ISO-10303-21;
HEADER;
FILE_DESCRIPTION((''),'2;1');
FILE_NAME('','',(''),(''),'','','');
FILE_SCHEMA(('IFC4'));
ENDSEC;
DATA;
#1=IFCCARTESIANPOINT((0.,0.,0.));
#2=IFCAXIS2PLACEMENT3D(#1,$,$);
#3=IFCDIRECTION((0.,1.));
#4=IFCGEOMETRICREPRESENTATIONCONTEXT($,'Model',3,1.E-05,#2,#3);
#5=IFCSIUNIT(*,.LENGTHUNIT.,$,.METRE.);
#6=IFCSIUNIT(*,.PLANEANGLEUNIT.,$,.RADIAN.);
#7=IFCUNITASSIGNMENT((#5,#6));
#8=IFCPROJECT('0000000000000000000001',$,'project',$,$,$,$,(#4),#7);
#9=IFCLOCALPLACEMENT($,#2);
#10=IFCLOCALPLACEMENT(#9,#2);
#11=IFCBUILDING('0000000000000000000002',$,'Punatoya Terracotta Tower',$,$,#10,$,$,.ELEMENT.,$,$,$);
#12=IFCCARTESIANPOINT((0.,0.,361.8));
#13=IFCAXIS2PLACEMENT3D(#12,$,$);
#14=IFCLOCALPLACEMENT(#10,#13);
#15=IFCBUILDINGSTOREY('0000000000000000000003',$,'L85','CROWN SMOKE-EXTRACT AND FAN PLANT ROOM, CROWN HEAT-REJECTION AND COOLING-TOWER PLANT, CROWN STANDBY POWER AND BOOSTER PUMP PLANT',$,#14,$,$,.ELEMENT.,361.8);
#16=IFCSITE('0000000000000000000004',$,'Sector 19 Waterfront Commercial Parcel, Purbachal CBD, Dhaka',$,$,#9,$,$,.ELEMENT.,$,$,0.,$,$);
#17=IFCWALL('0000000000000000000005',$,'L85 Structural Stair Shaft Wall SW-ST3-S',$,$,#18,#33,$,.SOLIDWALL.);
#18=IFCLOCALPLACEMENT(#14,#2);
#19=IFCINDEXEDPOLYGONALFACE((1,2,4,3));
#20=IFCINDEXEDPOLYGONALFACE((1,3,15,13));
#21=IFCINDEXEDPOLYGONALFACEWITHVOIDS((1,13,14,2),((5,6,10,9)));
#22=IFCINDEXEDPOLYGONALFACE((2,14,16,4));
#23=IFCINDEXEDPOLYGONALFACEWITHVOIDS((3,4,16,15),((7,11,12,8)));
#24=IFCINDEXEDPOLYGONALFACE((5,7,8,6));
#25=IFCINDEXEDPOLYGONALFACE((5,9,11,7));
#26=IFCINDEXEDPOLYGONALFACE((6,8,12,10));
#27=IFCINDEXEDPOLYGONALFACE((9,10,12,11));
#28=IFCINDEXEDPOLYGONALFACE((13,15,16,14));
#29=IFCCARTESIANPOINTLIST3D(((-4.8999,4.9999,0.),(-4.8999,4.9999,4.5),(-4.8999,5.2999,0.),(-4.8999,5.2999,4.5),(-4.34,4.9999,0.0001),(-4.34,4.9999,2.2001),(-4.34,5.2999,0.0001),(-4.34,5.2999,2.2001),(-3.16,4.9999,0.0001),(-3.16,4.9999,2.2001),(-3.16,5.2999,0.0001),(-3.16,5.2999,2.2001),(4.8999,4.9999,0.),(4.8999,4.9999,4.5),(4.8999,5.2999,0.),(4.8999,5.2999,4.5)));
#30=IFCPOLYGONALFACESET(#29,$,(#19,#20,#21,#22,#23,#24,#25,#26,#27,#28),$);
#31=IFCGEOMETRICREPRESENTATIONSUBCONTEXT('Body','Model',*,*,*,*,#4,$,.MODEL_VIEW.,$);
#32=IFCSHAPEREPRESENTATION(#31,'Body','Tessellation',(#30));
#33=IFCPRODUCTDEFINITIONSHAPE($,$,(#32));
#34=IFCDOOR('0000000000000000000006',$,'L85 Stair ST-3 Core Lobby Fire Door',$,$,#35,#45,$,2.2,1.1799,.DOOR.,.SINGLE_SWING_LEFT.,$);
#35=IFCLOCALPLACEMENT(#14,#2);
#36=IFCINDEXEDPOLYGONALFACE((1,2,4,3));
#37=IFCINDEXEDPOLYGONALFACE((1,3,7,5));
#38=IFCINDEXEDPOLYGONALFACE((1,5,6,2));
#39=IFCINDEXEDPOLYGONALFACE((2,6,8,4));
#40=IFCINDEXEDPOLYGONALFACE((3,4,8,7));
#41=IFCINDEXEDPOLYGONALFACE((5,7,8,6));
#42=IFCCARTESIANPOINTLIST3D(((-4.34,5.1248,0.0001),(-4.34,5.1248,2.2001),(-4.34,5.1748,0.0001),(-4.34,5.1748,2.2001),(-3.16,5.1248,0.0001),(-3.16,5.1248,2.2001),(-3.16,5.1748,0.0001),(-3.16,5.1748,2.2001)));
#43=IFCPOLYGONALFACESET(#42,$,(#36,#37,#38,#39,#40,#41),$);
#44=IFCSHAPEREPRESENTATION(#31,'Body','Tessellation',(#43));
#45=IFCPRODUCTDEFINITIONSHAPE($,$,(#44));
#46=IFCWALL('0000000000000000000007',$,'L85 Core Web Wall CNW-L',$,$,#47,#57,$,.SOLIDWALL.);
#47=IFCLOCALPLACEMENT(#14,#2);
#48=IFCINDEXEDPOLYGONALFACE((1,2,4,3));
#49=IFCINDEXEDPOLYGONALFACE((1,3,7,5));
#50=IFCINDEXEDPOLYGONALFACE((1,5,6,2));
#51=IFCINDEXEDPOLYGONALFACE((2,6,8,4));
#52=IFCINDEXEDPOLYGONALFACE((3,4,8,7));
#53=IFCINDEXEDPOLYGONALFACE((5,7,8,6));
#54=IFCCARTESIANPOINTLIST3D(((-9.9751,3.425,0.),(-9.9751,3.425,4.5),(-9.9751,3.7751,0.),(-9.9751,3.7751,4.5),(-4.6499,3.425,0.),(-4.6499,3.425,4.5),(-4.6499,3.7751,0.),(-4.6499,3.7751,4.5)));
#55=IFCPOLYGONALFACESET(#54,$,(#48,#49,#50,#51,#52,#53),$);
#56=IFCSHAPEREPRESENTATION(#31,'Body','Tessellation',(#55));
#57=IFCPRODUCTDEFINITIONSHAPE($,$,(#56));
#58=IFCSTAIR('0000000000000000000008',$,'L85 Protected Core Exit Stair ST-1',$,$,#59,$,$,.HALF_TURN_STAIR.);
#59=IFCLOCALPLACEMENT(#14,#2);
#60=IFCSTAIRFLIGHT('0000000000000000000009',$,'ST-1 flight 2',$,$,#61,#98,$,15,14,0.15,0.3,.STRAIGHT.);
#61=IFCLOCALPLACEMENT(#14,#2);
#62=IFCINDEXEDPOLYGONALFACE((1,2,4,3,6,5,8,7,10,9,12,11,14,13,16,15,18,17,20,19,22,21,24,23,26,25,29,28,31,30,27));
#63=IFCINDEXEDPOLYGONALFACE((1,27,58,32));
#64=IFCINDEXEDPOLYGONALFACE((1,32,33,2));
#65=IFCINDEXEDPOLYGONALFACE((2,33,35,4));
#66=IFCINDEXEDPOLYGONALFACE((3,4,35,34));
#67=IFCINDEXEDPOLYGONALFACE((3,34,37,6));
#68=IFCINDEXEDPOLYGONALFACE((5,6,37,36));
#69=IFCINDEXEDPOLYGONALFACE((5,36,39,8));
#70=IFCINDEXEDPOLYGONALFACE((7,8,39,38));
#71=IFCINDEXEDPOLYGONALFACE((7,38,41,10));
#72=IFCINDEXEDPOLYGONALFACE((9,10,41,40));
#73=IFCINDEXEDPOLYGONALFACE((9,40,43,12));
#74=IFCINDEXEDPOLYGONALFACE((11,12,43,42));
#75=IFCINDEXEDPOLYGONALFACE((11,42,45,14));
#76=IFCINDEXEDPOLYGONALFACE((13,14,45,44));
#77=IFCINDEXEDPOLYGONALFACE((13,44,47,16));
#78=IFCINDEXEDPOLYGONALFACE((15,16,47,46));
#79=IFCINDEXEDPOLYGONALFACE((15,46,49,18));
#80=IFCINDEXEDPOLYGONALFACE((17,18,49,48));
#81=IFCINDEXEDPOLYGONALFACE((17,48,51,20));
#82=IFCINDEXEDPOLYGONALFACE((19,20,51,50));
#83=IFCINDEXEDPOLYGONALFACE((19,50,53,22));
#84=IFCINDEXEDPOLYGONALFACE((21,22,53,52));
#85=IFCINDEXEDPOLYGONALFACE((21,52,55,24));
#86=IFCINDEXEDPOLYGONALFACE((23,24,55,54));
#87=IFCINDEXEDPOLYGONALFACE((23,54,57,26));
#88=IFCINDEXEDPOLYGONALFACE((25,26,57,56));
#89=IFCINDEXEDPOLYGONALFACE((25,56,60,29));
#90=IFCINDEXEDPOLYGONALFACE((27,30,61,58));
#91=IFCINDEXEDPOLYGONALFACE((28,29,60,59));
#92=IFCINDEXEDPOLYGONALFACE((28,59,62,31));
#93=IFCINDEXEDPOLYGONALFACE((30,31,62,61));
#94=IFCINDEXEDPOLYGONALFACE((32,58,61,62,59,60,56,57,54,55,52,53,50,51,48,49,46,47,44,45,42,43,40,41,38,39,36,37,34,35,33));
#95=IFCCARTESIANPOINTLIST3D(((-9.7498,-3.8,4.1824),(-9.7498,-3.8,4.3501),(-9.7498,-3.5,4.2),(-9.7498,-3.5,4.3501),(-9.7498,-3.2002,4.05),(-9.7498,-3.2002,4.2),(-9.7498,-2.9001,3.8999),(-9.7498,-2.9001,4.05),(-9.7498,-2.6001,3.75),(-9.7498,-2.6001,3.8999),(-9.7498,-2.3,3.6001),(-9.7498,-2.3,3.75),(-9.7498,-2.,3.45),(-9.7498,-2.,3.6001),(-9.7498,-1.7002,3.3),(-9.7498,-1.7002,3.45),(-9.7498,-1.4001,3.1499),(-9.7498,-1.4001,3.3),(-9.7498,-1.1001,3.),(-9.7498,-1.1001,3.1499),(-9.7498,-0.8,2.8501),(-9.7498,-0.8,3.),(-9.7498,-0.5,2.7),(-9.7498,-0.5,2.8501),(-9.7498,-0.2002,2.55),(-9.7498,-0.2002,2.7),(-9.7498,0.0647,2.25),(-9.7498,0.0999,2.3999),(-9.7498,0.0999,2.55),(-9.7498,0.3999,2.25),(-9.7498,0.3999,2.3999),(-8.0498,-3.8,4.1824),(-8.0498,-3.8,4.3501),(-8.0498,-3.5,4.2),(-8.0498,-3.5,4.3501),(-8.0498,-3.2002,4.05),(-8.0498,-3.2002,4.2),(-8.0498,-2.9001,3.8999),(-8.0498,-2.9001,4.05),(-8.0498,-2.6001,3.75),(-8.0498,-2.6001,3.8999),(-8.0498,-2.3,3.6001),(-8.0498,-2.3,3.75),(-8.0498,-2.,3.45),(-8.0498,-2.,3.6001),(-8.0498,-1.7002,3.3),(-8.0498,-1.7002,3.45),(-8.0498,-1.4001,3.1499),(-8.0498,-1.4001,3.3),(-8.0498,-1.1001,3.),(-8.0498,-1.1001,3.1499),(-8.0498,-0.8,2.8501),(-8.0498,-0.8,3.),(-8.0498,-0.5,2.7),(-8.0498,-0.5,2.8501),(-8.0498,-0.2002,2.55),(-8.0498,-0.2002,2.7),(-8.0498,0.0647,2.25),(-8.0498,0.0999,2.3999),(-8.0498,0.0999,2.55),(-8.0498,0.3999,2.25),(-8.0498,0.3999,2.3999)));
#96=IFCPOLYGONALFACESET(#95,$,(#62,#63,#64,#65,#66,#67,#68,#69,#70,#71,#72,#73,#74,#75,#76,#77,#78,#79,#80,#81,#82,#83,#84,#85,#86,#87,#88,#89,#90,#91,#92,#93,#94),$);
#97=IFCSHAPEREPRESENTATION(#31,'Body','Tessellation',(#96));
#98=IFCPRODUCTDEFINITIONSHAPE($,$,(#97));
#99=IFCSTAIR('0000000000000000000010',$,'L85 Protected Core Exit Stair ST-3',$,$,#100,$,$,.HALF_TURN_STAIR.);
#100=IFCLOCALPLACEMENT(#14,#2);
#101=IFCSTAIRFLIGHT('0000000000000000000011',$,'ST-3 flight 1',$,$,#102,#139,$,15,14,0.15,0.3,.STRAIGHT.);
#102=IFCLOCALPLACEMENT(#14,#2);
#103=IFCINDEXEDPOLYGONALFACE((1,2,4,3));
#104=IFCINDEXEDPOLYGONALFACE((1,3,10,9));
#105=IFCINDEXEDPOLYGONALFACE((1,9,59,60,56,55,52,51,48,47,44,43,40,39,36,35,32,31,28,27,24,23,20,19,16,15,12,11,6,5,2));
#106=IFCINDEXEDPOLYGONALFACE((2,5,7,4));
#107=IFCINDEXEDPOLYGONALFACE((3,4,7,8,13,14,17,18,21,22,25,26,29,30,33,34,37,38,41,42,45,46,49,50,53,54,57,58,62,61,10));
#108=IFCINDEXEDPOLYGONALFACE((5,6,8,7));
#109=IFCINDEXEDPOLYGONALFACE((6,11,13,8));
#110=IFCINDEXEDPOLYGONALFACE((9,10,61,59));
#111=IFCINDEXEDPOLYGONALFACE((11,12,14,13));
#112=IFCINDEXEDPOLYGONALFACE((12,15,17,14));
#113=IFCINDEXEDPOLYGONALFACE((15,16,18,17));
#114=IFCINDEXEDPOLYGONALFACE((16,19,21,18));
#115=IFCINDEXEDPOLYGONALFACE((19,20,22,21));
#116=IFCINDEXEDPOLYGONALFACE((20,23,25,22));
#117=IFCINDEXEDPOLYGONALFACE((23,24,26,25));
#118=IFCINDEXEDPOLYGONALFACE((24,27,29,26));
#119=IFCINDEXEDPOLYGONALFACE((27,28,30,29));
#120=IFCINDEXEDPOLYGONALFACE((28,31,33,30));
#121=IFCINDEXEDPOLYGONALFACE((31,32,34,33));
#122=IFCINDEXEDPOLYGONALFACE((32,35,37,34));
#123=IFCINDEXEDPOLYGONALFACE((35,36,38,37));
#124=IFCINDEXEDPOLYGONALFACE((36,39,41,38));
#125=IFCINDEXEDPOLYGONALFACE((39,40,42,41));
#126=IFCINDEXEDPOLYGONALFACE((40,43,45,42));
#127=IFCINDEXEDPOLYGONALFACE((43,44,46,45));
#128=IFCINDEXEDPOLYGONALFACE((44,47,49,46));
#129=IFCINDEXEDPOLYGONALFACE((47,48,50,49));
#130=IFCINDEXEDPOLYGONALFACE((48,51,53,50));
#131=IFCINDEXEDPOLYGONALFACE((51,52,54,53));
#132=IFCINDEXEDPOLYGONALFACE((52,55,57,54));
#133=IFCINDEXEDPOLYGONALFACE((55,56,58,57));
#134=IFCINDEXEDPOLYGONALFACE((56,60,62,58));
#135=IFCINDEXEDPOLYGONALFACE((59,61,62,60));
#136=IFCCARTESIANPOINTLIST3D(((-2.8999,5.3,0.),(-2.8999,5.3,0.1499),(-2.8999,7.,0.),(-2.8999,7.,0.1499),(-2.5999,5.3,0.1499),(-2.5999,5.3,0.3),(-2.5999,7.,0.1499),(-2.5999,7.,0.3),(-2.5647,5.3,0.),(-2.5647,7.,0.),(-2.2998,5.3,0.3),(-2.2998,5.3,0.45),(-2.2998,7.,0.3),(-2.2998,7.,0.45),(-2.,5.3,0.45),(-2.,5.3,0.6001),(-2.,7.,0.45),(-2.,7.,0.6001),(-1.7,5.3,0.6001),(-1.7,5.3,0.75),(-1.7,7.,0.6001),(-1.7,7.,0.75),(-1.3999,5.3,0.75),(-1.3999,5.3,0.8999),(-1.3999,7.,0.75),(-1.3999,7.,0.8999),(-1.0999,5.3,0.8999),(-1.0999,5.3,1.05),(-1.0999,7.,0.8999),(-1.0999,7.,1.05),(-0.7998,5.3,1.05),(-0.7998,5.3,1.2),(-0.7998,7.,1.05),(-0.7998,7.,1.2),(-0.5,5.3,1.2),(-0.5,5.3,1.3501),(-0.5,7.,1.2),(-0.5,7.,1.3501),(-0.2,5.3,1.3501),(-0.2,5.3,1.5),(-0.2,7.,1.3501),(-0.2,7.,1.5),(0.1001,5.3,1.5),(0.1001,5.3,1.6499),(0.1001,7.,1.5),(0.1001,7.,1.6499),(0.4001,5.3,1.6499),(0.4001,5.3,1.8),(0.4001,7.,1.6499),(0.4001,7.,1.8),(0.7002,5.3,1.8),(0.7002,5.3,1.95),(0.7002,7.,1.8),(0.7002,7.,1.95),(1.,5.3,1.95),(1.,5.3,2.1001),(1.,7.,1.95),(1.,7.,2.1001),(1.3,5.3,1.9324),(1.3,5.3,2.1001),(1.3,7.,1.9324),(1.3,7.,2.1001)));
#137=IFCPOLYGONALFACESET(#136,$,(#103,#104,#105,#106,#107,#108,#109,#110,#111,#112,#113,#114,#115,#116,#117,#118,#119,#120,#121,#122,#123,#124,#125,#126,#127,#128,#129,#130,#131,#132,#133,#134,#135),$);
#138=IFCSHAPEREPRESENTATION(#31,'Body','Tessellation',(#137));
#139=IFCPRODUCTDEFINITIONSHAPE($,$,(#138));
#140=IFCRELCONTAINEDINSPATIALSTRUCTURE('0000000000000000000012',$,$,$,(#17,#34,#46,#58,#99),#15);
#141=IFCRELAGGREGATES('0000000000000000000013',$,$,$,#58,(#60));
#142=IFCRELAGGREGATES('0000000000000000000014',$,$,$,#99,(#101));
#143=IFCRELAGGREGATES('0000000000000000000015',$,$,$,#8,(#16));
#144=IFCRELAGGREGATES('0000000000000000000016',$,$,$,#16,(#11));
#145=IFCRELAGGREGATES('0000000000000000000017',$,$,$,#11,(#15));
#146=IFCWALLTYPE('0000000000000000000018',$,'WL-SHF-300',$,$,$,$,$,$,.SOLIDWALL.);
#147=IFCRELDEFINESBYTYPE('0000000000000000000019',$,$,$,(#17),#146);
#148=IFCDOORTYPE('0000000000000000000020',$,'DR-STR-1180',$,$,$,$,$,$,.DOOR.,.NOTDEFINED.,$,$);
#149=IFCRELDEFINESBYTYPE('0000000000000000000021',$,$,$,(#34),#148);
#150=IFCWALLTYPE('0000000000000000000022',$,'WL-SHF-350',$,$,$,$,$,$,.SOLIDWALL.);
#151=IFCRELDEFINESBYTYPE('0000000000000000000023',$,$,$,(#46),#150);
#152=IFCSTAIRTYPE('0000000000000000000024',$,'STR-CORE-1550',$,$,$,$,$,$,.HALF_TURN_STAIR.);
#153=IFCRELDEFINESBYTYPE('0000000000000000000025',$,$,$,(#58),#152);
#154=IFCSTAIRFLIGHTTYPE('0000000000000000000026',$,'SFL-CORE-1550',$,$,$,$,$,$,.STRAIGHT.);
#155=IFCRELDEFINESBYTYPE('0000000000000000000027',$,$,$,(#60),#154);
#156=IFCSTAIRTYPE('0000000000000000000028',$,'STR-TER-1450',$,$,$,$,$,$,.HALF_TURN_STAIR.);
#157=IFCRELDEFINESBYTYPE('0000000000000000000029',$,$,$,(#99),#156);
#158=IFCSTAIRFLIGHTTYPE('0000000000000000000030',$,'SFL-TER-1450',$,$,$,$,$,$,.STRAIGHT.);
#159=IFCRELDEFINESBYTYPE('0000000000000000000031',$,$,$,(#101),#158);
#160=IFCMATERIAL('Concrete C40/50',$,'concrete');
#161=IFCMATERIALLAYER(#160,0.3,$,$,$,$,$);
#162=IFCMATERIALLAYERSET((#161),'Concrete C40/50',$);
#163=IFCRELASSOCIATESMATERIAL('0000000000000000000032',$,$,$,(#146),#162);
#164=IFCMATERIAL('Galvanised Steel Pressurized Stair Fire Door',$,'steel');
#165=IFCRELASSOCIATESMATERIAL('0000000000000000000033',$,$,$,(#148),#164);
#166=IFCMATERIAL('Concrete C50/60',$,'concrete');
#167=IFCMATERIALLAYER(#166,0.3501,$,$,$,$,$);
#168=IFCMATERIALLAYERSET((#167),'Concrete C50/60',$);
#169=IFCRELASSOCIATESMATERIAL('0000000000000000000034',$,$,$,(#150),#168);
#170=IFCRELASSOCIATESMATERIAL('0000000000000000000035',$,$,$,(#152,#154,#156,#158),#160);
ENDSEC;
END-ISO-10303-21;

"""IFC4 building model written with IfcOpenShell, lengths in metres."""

from ifc_helpers import new_model, si_unit, direction, frame, frame_2d, origin, place, context, subcontext, project, spatial, polyline, rectangle, outline, extrude, material, layer, layer_set, type_object, element, fill, aggregate, save


model = new_model("IFC4")

# Units and contexts
model_context = context("Model", 3, precision=1e-05, world=origin(), true_north=direction((0.0, 1.0)))
body_context = subcontext(model_context, "Body", "Model", "MODEL_VIEW")
ifc_project = project(units=[si_unit("LENGTHUNIT", "METRE"), si_unit("PLANEANGLEUNIT", "RADIAN")], contexts=[model_context])

# Site, building, storey
site_placement = place(None, origin())
site = spatial("IfcSite", under=ifc_project, at=site_placement, Name="Sector 19 Waterfront Commercial Parcel, Purbachal CBD, Dhaka", CompositionType="ELEMENT", RefElevation=0.0)
building_placement = place(site_placement, origin())
building = spatial("IfcBuilding", under=site, at=building_placement, Name="Punatoya Terracotta Tower", CompositionType="ELEMENT")
storey_placement = place(building_placement, frame((0.0, 0.0, 361.8)))
storey = spatial("IfcBuildingStorey", under=building, at=storey_placement, Name="L85", Description="CROWN SMOKE-EXTRACT AND FAN PLANT ROOM, CROWN HEAT-REJECTION AND COOLING-TOWER PLANT, CROWN STANDBY POWER AND BOOSTER PUMP PLANT", CompositionType="ELEMENT", Elevation=361.8)

# Shared definitions
ifc_material_1 = material(Name="Concrete C50/60", Category="concrete")

# Shared definitions
ifc_material_2 = material(Name="Concrete C40/50", Category="concrete")

# Shared definitions
ifc_layer_1 = layer(ifc_material_2, 0.3)
ifc_layer_set_1 = layer_set([ifc_layer_1], Name="Concrete C40/50")
wall_type_1 = type_object("IfcWallType", Name="WL-SHF-300", PredefinedType="SOLIDWALL", material=ifc_layer_set_1)

# Wall, opening, door
wall_1_placement = place(storey_placement, frame((-4.8999, 5.1499, 0.0), z_axis=(0.0, 0.0, 1.0), x_axis=(1.0, 0.0, 0.0)))
wall_1 = element("IfcWall", 1, at=wall_1_placement, inside=storey, type_object=wall_type_1, Name="L85 Structural Stair Shaft Wall SW-ST3-S", PredefinedType="SOLIDWALL", context=body_context, shape_type="SweptSolid", body=[
    extrude(rectangle(XDim=9.7998, YDim=0.3, at=frame_2d((4.8999, 0.0))), origin(), (0.0, 0.0, 1.0), 4.5),
])
opening_1_placement = place(wall_1_placement, frame((0.5601, 0.0, 0.0)))
opening_1 = element("IfcOpeningElement", 2, at=opening_1_placement, cuts=wall_1, PredefinedType="OPENING", context=body_context, shape_type="SweptSolid", body=[
    extrude(rectangle(XDim=1.1799, YDim=2.2, at=frame_2d((0.5898, 1.1001))), frame((0.0, 0.1599, 0.0), z_axis=(0.0, -1.0, 0.0), x_axis=(1.0, 0.0, 0.0)), (0.0, 0.0, 1.0), 0.3201),
])
ifc_material_3 = material(Name="Galvanised Steel Pressurized Stair Fire Door", Category="steel")
door_type_1 = type_object("IfcDoorType", Name="DR-STR-1180", OperationType="NOTDEFINED", PredefinedType="DOOR", material=ifc_material_3)
door_1_placement = place(opening_1_placement, origin())
door_1 = element("IfcDoor", 3, at=door_1_placement, inside=storey, type_object=door_type_1, Name="L85 Stair ST-3 Core Lobby Fire Door", OperationType="SINGLE_SWING_LEFT", OverallHeight=2.2, OverallWidth=1.1799, PredefinedType="DOOR", context=body_context, shape_type="SweptSolid", body=[
    extrude(rectangle(XDim=1.1799, YDim=2.2, at=frame_2d((0.5898, 1.1001))), frame((0.0, 0.0249, 0.0), z_axis=(0.0, -1.0, 0.0), x_axis=(1.0, 0.0, 0.0)), (0.0, 0.0, 1.0), 0.05),
])
fill(opening_1, door_1)

# Wall
ifc_layer_2 = layer(ifc_material_1, 0.3501)
ifc_layer_set_2 = layer_set([ifc_layer_2], Name="Concrete C50/60")
wall_type_2 = type_object("IfcWallType", Name="WL-SHF-350", PredefinedType="SOLIDWALL", material=ifc_layer_set_2)
wall_2_placement = place(storey_placement, frame((-9.9751, 3.6001, 0.0), z_axis=(0.0, 0.0, 1.0), x_axis=(1.0, 0.0, 0.0)))
element("IfcWall", 4, at=wall_2_placement, inside=storey, type_object=wall_type_2, Name="L85 Core Web Wall CNW-L", PredefinedType="SOLIDWALL", context=body_context, shape_type="SweptSolid", body=[
    extrude(rectangle(XDim=5.3252, YDim=0.3501, at=frame_2d((2.6626, 0.0))), origin(), (0.0, 0.0, 1.0), 4.5),
])

# Stairs, stair flights
stair_type_1 = type_object("IfcStairType", Name="STR-CORE-1550", PredefinedType="HALF_TURN_STAIR", material=ifc_material_2)
stair_1_placement = place(storey_placement, origin())
stair_1 = element("IfcStair", 5, at=stair_1_placement, inside=storey, type_object=stair_type_1, Name="L85 Protected Core Exit Stair ST-1", PredefinedType="HALF_TURN_STAIR")
stair_flight_type_1 = type_object("IfcStairFlightType", Name="SFL-CORE-1550", PredefinedType="STRAIGHT", material=ifc_material_2)
stair_flight_1_placement = place(storey_placement, frame((-8.8999, 0.3999, 2.25), z_axis=(0.0, 0.0, 1.0), x_axis=(0.0, -1.0, 0.0)))
stair_flight_1 = element("IfcStairFlight", 6, at=stair_flight_1_placement, type_object=stair_flight_type_1, Name="ST-1 flight 2", NumberOfRisers=15, NumberOfTreads=14, PredefinedType="STRAIGHT", RiserHeight=0.15, TreadLength=0.3, context=body_context, shape_type="SweptSolid", body=[
    extrude(outline(polyline([(0.0, 0.0), (0.0, 0.1499), (0.3, 0.1499), (0.3, 0.3), (0.6001, 0.3), (0.6001, 0.45), (0.8999, 0.45), (0.8999, 0.6001), (1.2, 0.6001), (1.2, 0.75), (1.5, 0.75), (1.5, 0.8999), (1.8, 0.8999), (1.8, 1.05), (2.1001, 1.05), (2.1001, 1.2), (2.3999, 1.2), (2.3999, 1.3501), (2.7, 1.3501), (2.7, 1.5), (3.0, 1.5), (3.0, 1.6499), (3.3, 1.6499), (3.3, 1.8), (3.6001, 1.8), (3.6001, 1.95), (3.8999, 1.95), (3.8999, 2.1001), (4.2, 2.1001), (4.2, 2.25), (4.2, 1.9324), (0.3352, 0.0), (0.0, 0.0)])), frame((0.0, 0.8501, 0.0), z_axis=(0.0, -1.0, 0.0), x_axis=(1.0, 0.0, 0.0)), (0.0, 0.0, 1.0), 1.7),
])
aggregate(stair_1, [stair_flight_1])
stair_type_2 = type_object("IfcStairType", Name="STR-TER-1450", PredefinedType="HALF_TURN_STAIR", material=ifc_material_2)
stair_2_placement = place(storey_placement, origin())
stair_2 = element("IfcStair", 7, at=stair_2_placement, inside=storey, type_object=stair_type_2, Name="L85 Protected Core Exit Stair ST-3", PredefinedType="HALF_TURN_STAIR")
stair_flight_type_2 = type_object("IfcStairFlightType", Name="SFL-TER-1450", PredefinedType="STRAIGHT", material=ifc_material_2)
stair_flight_2_placement = place(storey_placement, frame((-2.8999, 6.1499, 0.0), z_axis=(0.0, 0.0, 1.0), x_axis=(1.0, 0.0, 0.0)))
stair_flight_2 = element("IfcStairFlight", 8, at=stair_flight_2_placement, type_object=stair_flight_type_2, Name="ST-3 flight 1", NumberOfRisers=15, NumberOfTreads=14, PredefinedType="STRAIGHT", RiserHeight=0.15, TreadLength=0.3, context=body_context, shape_type="SweptSolid", body=[
    extrude(outline(polyline([(0.0, 0.0), (0.0, 0.1499), (0.3, 0.1499), (0.3, 0.3), (0.6001, 0.3), (0.6001, 0.45), (0.8999, 0.45), (0.8999, 0.6001), (1.2, 0.6001), (1.2, 0.75), (1.5, 0.75), (1.5, 0.8999), (1.8, 0.8999), (1.8, 1.05), (2.1001, 1.05), (2.1001, 1.2), (2.3999, 1.2), (2.3999, 1.3501), (2.7, 1.3501), (2.7, 1.5), (3.0, 1.5), (3.0, 1.6499), (3.3, 1.6499), (3.3, 1.8), (3.6001, 1.8), (3.6001, 1.95), (3.8999, 1.95), (3.8999, 2.1001), (4.2, 2.1001), (4.2, 2.25), (4.2, 1.9324), (0.3352, 0.0), (0.0, 0.0)])), frame((0.0, 0.8501, 0.0), z_axis=(0.0, -1.0, 0.0), x_axis=(1.0, 0.0, 0.0)), (0.0, 0.0, 1.0), 1.7),
])
aggregate(stair_2, [stair_flight_2])

save(model, "model.ifc")
